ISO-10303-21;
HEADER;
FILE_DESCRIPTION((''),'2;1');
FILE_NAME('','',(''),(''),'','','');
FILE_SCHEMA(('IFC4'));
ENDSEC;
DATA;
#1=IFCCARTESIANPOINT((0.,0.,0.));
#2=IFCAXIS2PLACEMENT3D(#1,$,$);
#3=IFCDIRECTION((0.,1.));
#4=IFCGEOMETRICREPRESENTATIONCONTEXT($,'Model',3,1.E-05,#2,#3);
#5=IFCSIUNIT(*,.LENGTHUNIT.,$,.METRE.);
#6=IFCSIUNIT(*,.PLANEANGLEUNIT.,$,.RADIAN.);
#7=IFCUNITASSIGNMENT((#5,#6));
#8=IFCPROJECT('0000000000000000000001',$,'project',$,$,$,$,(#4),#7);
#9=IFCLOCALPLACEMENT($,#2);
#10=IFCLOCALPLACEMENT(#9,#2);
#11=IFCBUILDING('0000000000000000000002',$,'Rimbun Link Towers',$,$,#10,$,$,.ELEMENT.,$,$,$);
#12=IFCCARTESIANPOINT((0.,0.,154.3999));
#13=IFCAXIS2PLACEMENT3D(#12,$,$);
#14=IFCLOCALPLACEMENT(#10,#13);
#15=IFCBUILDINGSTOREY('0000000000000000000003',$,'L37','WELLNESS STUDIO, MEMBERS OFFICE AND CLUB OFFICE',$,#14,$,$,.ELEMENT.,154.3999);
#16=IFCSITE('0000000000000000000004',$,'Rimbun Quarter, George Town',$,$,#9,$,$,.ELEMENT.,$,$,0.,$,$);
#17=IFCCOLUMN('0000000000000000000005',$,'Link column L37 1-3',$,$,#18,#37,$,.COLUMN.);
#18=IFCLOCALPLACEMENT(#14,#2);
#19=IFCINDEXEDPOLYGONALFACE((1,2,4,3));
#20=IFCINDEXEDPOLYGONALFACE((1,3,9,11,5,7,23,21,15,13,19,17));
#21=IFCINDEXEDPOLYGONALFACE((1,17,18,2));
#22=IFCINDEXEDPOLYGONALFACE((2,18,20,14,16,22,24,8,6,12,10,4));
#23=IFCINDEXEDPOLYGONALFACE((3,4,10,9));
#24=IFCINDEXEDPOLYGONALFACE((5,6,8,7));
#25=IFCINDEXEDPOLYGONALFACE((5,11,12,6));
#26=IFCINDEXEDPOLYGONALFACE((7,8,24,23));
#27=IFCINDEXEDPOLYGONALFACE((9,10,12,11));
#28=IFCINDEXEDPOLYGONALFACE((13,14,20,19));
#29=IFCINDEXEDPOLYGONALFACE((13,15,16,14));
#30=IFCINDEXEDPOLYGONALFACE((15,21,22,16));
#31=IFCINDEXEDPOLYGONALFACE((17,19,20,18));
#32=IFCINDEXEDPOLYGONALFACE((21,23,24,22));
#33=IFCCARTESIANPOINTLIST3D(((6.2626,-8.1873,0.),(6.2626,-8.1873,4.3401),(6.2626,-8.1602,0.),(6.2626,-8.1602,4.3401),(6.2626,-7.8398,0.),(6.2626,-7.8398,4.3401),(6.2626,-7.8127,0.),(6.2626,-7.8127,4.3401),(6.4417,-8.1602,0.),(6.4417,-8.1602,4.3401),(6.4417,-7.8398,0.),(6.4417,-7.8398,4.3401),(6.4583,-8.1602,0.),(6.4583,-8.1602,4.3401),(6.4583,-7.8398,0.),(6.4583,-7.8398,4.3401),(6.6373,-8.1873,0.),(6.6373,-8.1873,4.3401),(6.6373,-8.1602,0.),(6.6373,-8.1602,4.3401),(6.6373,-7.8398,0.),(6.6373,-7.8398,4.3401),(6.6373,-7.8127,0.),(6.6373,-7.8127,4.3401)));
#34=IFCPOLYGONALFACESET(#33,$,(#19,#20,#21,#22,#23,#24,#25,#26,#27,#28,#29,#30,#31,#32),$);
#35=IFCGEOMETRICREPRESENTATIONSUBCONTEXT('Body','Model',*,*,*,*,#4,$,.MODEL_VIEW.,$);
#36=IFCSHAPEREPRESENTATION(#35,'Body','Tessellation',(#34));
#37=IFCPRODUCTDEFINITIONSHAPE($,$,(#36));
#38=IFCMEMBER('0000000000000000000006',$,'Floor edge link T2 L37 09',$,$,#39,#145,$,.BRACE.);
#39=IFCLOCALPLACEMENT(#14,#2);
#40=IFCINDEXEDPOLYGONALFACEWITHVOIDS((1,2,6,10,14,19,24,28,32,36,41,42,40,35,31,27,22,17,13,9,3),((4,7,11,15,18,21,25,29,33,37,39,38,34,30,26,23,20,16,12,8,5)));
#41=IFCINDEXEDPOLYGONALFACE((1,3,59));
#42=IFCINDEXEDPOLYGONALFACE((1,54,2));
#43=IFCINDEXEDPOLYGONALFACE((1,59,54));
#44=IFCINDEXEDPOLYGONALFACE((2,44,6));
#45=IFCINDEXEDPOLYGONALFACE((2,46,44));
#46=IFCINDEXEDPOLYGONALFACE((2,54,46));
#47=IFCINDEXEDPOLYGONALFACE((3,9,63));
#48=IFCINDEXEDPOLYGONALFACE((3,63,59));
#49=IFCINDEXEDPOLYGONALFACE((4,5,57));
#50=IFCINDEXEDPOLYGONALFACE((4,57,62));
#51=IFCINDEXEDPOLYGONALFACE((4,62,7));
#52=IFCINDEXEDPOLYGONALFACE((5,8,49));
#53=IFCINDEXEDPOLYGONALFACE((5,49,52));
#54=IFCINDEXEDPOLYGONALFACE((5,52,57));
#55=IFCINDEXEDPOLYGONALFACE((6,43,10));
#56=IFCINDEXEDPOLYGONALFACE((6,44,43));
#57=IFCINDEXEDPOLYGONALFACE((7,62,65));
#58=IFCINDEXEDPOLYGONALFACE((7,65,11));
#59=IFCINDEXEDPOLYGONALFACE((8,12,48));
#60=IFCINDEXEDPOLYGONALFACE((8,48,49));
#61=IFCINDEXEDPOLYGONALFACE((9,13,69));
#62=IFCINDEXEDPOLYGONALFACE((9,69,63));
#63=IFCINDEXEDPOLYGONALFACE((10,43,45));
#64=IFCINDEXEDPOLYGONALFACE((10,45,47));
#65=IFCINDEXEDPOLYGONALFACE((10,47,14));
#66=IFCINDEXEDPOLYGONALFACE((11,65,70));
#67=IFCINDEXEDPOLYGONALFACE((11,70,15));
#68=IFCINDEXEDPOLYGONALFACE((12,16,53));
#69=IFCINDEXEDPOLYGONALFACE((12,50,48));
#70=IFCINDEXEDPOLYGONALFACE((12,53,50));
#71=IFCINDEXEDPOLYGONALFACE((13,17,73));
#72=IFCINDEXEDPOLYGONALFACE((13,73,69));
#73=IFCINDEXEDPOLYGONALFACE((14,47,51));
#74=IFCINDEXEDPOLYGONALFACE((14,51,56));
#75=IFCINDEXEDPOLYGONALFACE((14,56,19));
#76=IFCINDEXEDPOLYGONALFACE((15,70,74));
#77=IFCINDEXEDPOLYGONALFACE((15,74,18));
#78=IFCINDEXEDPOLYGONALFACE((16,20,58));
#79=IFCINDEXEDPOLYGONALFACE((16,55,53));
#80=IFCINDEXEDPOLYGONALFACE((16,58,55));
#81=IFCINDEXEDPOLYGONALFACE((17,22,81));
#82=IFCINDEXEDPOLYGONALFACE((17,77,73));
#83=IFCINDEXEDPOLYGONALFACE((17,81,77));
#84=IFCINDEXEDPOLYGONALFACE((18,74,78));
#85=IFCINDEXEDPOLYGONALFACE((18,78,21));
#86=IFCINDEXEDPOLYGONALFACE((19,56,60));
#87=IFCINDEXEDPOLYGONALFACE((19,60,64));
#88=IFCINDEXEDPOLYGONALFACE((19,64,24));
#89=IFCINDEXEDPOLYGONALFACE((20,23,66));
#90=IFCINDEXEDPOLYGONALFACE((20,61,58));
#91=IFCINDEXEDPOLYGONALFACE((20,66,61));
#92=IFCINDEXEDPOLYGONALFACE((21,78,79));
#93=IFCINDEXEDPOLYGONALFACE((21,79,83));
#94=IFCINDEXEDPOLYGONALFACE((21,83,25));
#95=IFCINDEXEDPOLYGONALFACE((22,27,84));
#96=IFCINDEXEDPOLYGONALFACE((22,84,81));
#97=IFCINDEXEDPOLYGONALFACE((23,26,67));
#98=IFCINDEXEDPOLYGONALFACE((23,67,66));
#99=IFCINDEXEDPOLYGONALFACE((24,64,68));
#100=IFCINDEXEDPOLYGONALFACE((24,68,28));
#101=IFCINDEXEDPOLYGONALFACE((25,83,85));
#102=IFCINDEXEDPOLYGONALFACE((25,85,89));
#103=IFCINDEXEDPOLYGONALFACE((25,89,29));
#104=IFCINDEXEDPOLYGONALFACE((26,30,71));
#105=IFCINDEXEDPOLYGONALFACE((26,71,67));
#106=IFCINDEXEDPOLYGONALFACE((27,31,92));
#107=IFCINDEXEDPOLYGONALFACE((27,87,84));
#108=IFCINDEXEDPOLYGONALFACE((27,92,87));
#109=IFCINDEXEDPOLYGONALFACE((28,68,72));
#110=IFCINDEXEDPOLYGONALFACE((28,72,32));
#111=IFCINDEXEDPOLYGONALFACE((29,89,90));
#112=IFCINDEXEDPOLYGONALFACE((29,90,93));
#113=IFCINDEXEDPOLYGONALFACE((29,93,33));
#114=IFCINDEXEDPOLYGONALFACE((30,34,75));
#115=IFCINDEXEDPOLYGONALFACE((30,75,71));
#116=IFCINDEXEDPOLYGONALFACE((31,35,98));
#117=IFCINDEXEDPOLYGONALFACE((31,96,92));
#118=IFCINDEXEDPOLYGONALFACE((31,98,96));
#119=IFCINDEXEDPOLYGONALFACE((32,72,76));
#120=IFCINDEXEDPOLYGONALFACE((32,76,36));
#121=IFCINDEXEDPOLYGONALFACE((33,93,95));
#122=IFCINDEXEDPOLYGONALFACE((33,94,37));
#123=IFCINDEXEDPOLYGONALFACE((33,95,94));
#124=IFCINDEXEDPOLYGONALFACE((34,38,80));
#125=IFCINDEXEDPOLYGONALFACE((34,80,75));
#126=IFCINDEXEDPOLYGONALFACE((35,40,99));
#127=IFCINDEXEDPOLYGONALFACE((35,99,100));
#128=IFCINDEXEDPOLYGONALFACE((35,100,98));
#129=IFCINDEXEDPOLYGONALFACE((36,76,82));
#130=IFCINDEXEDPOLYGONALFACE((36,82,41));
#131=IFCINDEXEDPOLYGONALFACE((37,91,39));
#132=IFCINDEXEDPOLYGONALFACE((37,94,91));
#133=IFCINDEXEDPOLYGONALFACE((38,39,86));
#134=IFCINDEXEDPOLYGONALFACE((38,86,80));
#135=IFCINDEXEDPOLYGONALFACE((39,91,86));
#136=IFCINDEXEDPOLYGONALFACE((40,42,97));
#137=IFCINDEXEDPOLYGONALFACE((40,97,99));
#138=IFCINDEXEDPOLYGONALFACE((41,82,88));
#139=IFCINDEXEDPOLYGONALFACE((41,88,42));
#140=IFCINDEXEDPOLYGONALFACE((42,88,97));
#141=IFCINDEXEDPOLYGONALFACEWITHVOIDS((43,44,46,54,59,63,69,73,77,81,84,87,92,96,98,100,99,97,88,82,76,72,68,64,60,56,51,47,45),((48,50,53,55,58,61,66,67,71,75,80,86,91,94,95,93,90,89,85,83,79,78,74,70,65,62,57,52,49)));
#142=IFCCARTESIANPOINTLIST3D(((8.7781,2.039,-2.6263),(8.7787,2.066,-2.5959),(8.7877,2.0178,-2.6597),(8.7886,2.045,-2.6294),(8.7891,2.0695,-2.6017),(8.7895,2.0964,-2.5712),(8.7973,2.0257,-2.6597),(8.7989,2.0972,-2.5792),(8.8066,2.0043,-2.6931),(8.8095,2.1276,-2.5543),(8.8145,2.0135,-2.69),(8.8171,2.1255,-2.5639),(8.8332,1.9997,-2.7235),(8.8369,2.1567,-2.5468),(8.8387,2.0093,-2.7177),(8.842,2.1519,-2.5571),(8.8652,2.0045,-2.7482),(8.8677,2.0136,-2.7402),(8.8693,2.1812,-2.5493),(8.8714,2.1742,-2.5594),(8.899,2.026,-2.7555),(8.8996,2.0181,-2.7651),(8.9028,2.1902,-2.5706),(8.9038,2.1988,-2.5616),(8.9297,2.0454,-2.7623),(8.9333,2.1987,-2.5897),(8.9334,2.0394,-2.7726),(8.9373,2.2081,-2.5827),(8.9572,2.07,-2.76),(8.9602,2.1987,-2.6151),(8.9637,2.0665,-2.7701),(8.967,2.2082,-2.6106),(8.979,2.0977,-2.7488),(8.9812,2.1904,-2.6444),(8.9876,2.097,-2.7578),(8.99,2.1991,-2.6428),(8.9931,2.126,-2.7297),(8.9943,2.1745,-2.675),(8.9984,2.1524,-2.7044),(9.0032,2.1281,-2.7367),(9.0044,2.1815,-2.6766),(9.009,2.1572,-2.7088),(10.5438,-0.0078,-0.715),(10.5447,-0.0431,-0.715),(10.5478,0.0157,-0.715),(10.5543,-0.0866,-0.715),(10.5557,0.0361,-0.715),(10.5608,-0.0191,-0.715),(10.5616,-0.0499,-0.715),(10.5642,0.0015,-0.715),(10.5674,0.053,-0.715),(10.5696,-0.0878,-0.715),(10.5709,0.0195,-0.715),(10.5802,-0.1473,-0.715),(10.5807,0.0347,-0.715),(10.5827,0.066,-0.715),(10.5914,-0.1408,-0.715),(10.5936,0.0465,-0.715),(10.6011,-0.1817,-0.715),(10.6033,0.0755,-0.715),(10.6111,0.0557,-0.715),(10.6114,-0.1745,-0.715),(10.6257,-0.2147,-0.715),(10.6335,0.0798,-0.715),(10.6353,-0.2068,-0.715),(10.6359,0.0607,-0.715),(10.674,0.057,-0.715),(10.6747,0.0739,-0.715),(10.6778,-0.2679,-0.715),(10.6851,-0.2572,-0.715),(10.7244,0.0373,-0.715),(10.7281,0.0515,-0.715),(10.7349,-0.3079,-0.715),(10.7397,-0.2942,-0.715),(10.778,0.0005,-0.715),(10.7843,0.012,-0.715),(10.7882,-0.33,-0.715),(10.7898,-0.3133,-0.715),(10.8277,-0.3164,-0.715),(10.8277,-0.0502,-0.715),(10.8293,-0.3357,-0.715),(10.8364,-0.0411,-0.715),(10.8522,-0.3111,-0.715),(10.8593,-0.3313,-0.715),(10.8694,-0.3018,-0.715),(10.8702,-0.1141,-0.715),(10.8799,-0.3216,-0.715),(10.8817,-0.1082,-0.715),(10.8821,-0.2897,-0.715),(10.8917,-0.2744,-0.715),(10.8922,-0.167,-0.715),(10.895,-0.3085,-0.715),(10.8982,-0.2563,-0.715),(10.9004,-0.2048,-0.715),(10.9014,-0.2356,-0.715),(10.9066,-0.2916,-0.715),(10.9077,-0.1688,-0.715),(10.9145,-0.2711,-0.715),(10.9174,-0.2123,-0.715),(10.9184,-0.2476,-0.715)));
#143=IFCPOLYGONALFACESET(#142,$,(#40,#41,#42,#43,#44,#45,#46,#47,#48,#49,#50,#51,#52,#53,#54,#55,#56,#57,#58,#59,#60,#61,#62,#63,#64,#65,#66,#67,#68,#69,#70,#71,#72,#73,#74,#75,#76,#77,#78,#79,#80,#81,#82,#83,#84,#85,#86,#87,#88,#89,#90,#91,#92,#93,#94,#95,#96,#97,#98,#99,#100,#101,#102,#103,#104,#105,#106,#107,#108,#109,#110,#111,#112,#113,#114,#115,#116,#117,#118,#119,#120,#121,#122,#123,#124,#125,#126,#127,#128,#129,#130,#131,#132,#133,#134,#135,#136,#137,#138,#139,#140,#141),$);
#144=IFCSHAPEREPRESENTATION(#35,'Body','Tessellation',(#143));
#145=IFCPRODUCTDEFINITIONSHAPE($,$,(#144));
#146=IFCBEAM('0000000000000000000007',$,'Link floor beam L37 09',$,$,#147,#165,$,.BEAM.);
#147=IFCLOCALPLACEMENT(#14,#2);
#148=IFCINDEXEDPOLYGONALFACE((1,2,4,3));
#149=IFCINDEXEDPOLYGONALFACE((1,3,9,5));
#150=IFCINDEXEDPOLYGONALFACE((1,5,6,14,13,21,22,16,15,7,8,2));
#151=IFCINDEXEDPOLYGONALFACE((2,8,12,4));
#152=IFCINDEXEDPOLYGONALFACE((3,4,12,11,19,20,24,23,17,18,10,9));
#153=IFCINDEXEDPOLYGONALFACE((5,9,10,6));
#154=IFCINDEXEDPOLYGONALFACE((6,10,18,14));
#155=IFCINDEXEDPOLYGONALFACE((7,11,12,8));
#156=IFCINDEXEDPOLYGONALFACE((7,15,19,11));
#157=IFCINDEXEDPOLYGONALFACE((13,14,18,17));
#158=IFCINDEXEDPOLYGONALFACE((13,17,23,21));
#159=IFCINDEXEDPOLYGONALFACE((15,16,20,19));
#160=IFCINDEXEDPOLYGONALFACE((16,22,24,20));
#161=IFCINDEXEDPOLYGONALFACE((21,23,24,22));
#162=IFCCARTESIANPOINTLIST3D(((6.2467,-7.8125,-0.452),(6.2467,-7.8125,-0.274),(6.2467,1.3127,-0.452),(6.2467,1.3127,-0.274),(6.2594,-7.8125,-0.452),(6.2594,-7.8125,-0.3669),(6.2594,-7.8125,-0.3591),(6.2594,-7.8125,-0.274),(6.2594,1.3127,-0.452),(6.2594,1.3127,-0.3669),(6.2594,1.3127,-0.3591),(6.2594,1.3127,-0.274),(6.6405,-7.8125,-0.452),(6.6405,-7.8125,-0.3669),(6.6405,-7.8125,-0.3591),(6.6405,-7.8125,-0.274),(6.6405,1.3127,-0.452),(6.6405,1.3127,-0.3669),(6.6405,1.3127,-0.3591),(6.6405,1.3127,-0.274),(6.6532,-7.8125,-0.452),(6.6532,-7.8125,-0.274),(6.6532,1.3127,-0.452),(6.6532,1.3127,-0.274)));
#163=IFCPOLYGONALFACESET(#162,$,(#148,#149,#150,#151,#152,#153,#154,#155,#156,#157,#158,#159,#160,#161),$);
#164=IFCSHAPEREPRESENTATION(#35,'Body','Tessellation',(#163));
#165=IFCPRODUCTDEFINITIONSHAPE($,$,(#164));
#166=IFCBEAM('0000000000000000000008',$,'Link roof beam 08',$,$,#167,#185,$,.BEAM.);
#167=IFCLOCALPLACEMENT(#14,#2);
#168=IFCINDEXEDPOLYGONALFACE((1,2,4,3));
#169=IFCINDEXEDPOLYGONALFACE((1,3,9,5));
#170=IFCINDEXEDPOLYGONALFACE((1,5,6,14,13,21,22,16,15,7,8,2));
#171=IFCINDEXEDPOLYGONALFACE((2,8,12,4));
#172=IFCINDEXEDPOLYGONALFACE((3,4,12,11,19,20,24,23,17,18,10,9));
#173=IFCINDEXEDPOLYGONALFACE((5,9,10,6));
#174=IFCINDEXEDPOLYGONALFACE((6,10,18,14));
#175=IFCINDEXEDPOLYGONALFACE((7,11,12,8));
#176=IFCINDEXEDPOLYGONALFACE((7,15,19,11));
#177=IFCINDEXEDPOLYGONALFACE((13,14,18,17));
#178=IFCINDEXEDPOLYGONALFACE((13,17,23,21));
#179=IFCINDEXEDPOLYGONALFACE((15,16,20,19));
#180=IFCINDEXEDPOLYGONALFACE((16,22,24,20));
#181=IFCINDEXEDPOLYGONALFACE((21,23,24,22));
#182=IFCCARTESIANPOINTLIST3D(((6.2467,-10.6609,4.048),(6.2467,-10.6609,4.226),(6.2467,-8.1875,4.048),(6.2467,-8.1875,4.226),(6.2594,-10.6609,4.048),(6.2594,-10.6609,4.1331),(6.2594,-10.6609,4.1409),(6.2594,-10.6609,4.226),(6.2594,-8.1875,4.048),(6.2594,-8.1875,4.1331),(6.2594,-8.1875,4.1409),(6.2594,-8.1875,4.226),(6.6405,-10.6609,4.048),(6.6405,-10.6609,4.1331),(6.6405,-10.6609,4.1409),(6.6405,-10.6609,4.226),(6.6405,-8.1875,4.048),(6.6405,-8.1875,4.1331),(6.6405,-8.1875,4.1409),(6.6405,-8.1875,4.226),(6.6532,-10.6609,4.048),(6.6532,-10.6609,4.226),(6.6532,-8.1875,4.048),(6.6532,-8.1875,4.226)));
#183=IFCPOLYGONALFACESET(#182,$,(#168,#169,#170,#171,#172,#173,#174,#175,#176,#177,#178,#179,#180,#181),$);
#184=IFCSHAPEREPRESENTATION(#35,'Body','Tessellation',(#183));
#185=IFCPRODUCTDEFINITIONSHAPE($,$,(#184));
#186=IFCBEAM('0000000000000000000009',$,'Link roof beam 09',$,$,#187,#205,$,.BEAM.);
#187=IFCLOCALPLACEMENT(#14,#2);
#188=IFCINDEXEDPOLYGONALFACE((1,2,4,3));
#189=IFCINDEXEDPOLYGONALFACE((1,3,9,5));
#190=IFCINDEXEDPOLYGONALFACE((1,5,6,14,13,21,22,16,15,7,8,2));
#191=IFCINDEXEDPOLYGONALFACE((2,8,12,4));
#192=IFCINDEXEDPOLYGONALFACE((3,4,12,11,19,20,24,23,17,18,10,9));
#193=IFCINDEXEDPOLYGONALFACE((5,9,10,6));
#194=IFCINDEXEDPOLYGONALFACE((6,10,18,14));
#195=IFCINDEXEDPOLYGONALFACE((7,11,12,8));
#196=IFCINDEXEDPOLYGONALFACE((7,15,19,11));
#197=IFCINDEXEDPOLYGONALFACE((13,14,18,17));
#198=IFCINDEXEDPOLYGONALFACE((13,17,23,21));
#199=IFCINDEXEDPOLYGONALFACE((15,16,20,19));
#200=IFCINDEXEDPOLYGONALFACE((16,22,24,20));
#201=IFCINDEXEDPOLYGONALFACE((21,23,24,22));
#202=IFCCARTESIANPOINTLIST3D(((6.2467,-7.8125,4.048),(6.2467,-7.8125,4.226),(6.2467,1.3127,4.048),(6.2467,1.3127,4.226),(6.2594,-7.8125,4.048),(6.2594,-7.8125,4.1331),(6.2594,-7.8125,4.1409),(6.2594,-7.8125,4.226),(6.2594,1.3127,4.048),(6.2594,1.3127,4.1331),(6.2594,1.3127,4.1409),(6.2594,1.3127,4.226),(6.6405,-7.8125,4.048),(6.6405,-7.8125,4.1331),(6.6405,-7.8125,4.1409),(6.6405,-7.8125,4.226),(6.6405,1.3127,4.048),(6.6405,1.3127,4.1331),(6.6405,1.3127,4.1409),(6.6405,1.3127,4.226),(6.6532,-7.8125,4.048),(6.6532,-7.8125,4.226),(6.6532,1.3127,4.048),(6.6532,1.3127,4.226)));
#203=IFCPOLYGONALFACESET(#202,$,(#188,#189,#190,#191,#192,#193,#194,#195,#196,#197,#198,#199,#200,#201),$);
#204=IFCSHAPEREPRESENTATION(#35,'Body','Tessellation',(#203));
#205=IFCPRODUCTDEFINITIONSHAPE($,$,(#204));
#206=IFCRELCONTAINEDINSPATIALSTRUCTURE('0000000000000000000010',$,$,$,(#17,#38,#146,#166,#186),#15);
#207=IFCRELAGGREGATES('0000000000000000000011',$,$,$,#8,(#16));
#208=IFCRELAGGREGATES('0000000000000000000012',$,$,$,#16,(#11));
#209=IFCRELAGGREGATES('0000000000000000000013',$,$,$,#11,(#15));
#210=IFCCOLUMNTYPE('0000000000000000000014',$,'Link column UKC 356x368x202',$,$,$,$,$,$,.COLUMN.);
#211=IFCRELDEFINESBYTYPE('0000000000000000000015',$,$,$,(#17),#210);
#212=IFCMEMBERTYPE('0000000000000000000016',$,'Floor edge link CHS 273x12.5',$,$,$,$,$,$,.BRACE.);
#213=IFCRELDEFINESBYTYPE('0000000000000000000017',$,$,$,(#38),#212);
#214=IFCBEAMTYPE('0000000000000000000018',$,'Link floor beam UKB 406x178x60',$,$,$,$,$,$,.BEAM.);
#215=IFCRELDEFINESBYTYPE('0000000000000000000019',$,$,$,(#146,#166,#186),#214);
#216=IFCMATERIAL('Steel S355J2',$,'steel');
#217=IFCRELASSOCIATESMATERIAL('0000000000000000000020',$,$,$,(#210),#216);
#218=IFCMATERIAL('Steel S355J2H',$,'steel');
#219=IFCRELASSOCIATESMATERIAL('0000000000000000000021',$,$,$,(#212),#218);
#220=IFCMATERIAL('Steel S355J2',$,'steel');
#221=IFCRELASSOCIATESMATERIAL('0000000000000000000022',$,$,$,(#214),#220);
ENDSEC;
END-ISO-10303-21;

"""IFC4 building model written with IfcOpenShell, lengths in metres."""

from ifc_helpers import new_model, si_unit, direction, frame, origin, origin_2d, place, context, subcontext, project, spatial, hollow_circle, i_section, extrude, clip, halfspace, material, material_profile, profile_set, type_object, element, save


model = new_model("IFC4")

# Units and contexts
model_context = context("Model", 3, precision=1e-05, world=origin(), true_north=direction((0.0, 1.0)))
body_context = subcontext(model_context, "Body", "Model", "MODEL_VIEW")
ifc_project = project(units=[si_unit("LENGTHUNIT", "METRE"), si_unit("PLANEANGLEUNIT", "RADIAN")], contexts=[model_context])

# Site, building, storey
site_placement = place(None, origin())
site = spatial("IfcSite", under=ifc_project, at=site_placement, Name="Rimbun Quarter, George Town", CompositionType="ELEMENT", RefElevation=0.0)
building_placement = place(site_placement, origin())
building = spatial("IfcBuilding", under=site, at=building_placement, Name="Rimbun Link Towers", CompositionType="ELEMENT")
storey_placement = place(building_placement, frame((0.0, 0.0, 154.3999)))
storey = spatial("IfcBuildingStorey", under=building, at=storey_placement, Name="L37", Description="WELLNESS STUDIO, MEMBERS OFFICE AND CLUB OFFICE", CompositionType="ELEMENT", Elevation=154.3999)

# Column
ifc_material_1 = material(Name="Steel S355J2", Category="steel")
ifc_material_profile_1 = material_profile(ifc_material_1, i_section(OverallWidth=0.3748, OverallDepth=0.3745, WebThickness=0.0166, FlangeThickness=0.0271, at=origin_2d()), Name="UKC 356x368x202")
ifc_profile_set_1 = profile_set([ifc_material_profile_1], Name="Steel S355J2")
column_type = type_object("IfcColumnType", Name="Link column UKC 356x368x202", PredefinedType="COLUMN", material=ifc_profile_set_1)
column_placement = place(storey_placement, frame((6.45, -8.0, 0.0), z_axis=(0.0, 0.0, 1.0), x_axis=(1.0, 0.0, 0.0)))
element("IfcColumn", 1, at=column_placement, inside=storey, type_object=column_type, Name="Link column L37 1-3", PredefinedType="COLUMN", context=body_context, shape_type="SweptSolid", body=[
    extrude(i_section(OverallWidth=0.3748, OverallDepth=0.3745, WebThickness=0.0166, FlangeThickness=0.0271, at=origin_2d()), origin(), (0.0, 0.0, 1.0), 4.3401),
])

# Member
ifc_material_2 = material(Name="Steel S355J2H", Category="steel")
ifc_material_profile_2 = material_profile(ifc_material_2, hollow_circle(Radius=0.1365, WallThickness=0.0125, at=origin_2d()), Name="CHS 273x12.5")
ifc_profile_set_2 = profile_set([ifc_material_profile_2], Name="Steel S355J2H")
member_type = type_object("IfcMemberType", Name="Floor edge link CHS 273x12.5", PredefinedType="BRACE", material=ifc_profile_set_2)
member_placement = place(storey_placement, frame((10.6257, 0.0, -0.8264), z_axis=(-0.527433, 0.640619, -0.558052), x_axis=(-0.77201, -0.63561, 0.0)))
element("IfcMember", 2, at=member_placement, inside=storey, type_object=member_type, Name="Floor edge link T2 L37 09", PredefinedType="BRACE", context=body_context, shape_type="Clipping", body=[
    clip(extrude(hollow_circle(Radius=0.1365, WallThickness=0.0125, at=origin_2d()), frame((0.0, 0.0, -0.4238)), (0.0, 0.0, 1.0), 3.709), halfspace(frame((0.0, 0.0, -0.1997), z_axis=(0.0, 0.829806, -0.558052)), False)),
])

# Beams
ifc_material_3 = material(Name="Steel S355J2", Category="steel")
ifc_material_profile_3 = material_profile(ifc_material_3, i_section(OverallWidth=0.178, OverallDepth=0.4065, WebThickness=0.0078, FlangeThickness=0.0127, at=origin_2d()), Name="UKB 406x178x60")
ifc_profile_set_3 = profile_set([ifc_material_profile_3], Name="Steel S355J2")
beam_type_1 = type_object("IfcBeamType", Name="Link floor beam UKB 406x178x60", PredefinedType="BEAM", material=ifc_profile_set_3)
beam_1_placement = place(storey_placement, frame((6.45, -7.8125, -0.363), z_axis=(0.0, 1.0, 0.0), x_axis=(0.0, 0.0, 1.0)))
element("IfcBeam", 3, at=beam_1_placement, inside=storey, type_object=beam_type_1, Name="Link floor beam L37 09", PredefinedType="BEAM", context=body_context, shape_type="SweptSolid", body=[
    extrude(i_section(OverallWidth=0.178, OverallDepth=0.4065, WebThickness=0.0078, FlangeThickness=0.0127, at=origin_2d()), origin(), (0.0, 0.0, 1.0), 9.1252),
])
beam_2_placement = place(storey_placement, frame((6.45, -10.6609, 4.137), z_axis=(0.0, 1.0, 0.0), x_axis=(0.0, 0.0, 1.0)))
element("IfcBeam", 4, at=beam_2_placement, inside=storey, type_object=beam_type_1, Name="Link roof beam 08", PredefinedType="BEAM", context=body_context, shape_type="SweptSolid", body=[
    extrude(i_section(OverallWidth=0.178, OverallDepth=0.4065, WebThickness=0.0078, FlangeThickness=0.0127, at=origin_2d()), origin(), (0.0, 0.0, 1.0), 2.4734),
])
beam_3_placement = place(storey_placement, frame((6.45, -7.8125, 4.137), z_axis=(0.0, 1.0, 0.0), x_axis=(0.0, 0.0, 1.0)))
element("IfcBeam", 5, at=beam_3_placement, inside=storey, type_object=beam_type_1, Name="Link roof beam 09", PredefinedType="BEAM", context=body_context, shape_type="SweptSolid", body=[
    extrude(i_section(OverallWidth=0.178, OverallDepth=0.4065, WebThickness=0.0078, FlangeThickness=0.0127, at=origin_2d()), origin(), (0.0, 0.0, 1.0), 9.1252),
])

save(model, "model.ifc")
